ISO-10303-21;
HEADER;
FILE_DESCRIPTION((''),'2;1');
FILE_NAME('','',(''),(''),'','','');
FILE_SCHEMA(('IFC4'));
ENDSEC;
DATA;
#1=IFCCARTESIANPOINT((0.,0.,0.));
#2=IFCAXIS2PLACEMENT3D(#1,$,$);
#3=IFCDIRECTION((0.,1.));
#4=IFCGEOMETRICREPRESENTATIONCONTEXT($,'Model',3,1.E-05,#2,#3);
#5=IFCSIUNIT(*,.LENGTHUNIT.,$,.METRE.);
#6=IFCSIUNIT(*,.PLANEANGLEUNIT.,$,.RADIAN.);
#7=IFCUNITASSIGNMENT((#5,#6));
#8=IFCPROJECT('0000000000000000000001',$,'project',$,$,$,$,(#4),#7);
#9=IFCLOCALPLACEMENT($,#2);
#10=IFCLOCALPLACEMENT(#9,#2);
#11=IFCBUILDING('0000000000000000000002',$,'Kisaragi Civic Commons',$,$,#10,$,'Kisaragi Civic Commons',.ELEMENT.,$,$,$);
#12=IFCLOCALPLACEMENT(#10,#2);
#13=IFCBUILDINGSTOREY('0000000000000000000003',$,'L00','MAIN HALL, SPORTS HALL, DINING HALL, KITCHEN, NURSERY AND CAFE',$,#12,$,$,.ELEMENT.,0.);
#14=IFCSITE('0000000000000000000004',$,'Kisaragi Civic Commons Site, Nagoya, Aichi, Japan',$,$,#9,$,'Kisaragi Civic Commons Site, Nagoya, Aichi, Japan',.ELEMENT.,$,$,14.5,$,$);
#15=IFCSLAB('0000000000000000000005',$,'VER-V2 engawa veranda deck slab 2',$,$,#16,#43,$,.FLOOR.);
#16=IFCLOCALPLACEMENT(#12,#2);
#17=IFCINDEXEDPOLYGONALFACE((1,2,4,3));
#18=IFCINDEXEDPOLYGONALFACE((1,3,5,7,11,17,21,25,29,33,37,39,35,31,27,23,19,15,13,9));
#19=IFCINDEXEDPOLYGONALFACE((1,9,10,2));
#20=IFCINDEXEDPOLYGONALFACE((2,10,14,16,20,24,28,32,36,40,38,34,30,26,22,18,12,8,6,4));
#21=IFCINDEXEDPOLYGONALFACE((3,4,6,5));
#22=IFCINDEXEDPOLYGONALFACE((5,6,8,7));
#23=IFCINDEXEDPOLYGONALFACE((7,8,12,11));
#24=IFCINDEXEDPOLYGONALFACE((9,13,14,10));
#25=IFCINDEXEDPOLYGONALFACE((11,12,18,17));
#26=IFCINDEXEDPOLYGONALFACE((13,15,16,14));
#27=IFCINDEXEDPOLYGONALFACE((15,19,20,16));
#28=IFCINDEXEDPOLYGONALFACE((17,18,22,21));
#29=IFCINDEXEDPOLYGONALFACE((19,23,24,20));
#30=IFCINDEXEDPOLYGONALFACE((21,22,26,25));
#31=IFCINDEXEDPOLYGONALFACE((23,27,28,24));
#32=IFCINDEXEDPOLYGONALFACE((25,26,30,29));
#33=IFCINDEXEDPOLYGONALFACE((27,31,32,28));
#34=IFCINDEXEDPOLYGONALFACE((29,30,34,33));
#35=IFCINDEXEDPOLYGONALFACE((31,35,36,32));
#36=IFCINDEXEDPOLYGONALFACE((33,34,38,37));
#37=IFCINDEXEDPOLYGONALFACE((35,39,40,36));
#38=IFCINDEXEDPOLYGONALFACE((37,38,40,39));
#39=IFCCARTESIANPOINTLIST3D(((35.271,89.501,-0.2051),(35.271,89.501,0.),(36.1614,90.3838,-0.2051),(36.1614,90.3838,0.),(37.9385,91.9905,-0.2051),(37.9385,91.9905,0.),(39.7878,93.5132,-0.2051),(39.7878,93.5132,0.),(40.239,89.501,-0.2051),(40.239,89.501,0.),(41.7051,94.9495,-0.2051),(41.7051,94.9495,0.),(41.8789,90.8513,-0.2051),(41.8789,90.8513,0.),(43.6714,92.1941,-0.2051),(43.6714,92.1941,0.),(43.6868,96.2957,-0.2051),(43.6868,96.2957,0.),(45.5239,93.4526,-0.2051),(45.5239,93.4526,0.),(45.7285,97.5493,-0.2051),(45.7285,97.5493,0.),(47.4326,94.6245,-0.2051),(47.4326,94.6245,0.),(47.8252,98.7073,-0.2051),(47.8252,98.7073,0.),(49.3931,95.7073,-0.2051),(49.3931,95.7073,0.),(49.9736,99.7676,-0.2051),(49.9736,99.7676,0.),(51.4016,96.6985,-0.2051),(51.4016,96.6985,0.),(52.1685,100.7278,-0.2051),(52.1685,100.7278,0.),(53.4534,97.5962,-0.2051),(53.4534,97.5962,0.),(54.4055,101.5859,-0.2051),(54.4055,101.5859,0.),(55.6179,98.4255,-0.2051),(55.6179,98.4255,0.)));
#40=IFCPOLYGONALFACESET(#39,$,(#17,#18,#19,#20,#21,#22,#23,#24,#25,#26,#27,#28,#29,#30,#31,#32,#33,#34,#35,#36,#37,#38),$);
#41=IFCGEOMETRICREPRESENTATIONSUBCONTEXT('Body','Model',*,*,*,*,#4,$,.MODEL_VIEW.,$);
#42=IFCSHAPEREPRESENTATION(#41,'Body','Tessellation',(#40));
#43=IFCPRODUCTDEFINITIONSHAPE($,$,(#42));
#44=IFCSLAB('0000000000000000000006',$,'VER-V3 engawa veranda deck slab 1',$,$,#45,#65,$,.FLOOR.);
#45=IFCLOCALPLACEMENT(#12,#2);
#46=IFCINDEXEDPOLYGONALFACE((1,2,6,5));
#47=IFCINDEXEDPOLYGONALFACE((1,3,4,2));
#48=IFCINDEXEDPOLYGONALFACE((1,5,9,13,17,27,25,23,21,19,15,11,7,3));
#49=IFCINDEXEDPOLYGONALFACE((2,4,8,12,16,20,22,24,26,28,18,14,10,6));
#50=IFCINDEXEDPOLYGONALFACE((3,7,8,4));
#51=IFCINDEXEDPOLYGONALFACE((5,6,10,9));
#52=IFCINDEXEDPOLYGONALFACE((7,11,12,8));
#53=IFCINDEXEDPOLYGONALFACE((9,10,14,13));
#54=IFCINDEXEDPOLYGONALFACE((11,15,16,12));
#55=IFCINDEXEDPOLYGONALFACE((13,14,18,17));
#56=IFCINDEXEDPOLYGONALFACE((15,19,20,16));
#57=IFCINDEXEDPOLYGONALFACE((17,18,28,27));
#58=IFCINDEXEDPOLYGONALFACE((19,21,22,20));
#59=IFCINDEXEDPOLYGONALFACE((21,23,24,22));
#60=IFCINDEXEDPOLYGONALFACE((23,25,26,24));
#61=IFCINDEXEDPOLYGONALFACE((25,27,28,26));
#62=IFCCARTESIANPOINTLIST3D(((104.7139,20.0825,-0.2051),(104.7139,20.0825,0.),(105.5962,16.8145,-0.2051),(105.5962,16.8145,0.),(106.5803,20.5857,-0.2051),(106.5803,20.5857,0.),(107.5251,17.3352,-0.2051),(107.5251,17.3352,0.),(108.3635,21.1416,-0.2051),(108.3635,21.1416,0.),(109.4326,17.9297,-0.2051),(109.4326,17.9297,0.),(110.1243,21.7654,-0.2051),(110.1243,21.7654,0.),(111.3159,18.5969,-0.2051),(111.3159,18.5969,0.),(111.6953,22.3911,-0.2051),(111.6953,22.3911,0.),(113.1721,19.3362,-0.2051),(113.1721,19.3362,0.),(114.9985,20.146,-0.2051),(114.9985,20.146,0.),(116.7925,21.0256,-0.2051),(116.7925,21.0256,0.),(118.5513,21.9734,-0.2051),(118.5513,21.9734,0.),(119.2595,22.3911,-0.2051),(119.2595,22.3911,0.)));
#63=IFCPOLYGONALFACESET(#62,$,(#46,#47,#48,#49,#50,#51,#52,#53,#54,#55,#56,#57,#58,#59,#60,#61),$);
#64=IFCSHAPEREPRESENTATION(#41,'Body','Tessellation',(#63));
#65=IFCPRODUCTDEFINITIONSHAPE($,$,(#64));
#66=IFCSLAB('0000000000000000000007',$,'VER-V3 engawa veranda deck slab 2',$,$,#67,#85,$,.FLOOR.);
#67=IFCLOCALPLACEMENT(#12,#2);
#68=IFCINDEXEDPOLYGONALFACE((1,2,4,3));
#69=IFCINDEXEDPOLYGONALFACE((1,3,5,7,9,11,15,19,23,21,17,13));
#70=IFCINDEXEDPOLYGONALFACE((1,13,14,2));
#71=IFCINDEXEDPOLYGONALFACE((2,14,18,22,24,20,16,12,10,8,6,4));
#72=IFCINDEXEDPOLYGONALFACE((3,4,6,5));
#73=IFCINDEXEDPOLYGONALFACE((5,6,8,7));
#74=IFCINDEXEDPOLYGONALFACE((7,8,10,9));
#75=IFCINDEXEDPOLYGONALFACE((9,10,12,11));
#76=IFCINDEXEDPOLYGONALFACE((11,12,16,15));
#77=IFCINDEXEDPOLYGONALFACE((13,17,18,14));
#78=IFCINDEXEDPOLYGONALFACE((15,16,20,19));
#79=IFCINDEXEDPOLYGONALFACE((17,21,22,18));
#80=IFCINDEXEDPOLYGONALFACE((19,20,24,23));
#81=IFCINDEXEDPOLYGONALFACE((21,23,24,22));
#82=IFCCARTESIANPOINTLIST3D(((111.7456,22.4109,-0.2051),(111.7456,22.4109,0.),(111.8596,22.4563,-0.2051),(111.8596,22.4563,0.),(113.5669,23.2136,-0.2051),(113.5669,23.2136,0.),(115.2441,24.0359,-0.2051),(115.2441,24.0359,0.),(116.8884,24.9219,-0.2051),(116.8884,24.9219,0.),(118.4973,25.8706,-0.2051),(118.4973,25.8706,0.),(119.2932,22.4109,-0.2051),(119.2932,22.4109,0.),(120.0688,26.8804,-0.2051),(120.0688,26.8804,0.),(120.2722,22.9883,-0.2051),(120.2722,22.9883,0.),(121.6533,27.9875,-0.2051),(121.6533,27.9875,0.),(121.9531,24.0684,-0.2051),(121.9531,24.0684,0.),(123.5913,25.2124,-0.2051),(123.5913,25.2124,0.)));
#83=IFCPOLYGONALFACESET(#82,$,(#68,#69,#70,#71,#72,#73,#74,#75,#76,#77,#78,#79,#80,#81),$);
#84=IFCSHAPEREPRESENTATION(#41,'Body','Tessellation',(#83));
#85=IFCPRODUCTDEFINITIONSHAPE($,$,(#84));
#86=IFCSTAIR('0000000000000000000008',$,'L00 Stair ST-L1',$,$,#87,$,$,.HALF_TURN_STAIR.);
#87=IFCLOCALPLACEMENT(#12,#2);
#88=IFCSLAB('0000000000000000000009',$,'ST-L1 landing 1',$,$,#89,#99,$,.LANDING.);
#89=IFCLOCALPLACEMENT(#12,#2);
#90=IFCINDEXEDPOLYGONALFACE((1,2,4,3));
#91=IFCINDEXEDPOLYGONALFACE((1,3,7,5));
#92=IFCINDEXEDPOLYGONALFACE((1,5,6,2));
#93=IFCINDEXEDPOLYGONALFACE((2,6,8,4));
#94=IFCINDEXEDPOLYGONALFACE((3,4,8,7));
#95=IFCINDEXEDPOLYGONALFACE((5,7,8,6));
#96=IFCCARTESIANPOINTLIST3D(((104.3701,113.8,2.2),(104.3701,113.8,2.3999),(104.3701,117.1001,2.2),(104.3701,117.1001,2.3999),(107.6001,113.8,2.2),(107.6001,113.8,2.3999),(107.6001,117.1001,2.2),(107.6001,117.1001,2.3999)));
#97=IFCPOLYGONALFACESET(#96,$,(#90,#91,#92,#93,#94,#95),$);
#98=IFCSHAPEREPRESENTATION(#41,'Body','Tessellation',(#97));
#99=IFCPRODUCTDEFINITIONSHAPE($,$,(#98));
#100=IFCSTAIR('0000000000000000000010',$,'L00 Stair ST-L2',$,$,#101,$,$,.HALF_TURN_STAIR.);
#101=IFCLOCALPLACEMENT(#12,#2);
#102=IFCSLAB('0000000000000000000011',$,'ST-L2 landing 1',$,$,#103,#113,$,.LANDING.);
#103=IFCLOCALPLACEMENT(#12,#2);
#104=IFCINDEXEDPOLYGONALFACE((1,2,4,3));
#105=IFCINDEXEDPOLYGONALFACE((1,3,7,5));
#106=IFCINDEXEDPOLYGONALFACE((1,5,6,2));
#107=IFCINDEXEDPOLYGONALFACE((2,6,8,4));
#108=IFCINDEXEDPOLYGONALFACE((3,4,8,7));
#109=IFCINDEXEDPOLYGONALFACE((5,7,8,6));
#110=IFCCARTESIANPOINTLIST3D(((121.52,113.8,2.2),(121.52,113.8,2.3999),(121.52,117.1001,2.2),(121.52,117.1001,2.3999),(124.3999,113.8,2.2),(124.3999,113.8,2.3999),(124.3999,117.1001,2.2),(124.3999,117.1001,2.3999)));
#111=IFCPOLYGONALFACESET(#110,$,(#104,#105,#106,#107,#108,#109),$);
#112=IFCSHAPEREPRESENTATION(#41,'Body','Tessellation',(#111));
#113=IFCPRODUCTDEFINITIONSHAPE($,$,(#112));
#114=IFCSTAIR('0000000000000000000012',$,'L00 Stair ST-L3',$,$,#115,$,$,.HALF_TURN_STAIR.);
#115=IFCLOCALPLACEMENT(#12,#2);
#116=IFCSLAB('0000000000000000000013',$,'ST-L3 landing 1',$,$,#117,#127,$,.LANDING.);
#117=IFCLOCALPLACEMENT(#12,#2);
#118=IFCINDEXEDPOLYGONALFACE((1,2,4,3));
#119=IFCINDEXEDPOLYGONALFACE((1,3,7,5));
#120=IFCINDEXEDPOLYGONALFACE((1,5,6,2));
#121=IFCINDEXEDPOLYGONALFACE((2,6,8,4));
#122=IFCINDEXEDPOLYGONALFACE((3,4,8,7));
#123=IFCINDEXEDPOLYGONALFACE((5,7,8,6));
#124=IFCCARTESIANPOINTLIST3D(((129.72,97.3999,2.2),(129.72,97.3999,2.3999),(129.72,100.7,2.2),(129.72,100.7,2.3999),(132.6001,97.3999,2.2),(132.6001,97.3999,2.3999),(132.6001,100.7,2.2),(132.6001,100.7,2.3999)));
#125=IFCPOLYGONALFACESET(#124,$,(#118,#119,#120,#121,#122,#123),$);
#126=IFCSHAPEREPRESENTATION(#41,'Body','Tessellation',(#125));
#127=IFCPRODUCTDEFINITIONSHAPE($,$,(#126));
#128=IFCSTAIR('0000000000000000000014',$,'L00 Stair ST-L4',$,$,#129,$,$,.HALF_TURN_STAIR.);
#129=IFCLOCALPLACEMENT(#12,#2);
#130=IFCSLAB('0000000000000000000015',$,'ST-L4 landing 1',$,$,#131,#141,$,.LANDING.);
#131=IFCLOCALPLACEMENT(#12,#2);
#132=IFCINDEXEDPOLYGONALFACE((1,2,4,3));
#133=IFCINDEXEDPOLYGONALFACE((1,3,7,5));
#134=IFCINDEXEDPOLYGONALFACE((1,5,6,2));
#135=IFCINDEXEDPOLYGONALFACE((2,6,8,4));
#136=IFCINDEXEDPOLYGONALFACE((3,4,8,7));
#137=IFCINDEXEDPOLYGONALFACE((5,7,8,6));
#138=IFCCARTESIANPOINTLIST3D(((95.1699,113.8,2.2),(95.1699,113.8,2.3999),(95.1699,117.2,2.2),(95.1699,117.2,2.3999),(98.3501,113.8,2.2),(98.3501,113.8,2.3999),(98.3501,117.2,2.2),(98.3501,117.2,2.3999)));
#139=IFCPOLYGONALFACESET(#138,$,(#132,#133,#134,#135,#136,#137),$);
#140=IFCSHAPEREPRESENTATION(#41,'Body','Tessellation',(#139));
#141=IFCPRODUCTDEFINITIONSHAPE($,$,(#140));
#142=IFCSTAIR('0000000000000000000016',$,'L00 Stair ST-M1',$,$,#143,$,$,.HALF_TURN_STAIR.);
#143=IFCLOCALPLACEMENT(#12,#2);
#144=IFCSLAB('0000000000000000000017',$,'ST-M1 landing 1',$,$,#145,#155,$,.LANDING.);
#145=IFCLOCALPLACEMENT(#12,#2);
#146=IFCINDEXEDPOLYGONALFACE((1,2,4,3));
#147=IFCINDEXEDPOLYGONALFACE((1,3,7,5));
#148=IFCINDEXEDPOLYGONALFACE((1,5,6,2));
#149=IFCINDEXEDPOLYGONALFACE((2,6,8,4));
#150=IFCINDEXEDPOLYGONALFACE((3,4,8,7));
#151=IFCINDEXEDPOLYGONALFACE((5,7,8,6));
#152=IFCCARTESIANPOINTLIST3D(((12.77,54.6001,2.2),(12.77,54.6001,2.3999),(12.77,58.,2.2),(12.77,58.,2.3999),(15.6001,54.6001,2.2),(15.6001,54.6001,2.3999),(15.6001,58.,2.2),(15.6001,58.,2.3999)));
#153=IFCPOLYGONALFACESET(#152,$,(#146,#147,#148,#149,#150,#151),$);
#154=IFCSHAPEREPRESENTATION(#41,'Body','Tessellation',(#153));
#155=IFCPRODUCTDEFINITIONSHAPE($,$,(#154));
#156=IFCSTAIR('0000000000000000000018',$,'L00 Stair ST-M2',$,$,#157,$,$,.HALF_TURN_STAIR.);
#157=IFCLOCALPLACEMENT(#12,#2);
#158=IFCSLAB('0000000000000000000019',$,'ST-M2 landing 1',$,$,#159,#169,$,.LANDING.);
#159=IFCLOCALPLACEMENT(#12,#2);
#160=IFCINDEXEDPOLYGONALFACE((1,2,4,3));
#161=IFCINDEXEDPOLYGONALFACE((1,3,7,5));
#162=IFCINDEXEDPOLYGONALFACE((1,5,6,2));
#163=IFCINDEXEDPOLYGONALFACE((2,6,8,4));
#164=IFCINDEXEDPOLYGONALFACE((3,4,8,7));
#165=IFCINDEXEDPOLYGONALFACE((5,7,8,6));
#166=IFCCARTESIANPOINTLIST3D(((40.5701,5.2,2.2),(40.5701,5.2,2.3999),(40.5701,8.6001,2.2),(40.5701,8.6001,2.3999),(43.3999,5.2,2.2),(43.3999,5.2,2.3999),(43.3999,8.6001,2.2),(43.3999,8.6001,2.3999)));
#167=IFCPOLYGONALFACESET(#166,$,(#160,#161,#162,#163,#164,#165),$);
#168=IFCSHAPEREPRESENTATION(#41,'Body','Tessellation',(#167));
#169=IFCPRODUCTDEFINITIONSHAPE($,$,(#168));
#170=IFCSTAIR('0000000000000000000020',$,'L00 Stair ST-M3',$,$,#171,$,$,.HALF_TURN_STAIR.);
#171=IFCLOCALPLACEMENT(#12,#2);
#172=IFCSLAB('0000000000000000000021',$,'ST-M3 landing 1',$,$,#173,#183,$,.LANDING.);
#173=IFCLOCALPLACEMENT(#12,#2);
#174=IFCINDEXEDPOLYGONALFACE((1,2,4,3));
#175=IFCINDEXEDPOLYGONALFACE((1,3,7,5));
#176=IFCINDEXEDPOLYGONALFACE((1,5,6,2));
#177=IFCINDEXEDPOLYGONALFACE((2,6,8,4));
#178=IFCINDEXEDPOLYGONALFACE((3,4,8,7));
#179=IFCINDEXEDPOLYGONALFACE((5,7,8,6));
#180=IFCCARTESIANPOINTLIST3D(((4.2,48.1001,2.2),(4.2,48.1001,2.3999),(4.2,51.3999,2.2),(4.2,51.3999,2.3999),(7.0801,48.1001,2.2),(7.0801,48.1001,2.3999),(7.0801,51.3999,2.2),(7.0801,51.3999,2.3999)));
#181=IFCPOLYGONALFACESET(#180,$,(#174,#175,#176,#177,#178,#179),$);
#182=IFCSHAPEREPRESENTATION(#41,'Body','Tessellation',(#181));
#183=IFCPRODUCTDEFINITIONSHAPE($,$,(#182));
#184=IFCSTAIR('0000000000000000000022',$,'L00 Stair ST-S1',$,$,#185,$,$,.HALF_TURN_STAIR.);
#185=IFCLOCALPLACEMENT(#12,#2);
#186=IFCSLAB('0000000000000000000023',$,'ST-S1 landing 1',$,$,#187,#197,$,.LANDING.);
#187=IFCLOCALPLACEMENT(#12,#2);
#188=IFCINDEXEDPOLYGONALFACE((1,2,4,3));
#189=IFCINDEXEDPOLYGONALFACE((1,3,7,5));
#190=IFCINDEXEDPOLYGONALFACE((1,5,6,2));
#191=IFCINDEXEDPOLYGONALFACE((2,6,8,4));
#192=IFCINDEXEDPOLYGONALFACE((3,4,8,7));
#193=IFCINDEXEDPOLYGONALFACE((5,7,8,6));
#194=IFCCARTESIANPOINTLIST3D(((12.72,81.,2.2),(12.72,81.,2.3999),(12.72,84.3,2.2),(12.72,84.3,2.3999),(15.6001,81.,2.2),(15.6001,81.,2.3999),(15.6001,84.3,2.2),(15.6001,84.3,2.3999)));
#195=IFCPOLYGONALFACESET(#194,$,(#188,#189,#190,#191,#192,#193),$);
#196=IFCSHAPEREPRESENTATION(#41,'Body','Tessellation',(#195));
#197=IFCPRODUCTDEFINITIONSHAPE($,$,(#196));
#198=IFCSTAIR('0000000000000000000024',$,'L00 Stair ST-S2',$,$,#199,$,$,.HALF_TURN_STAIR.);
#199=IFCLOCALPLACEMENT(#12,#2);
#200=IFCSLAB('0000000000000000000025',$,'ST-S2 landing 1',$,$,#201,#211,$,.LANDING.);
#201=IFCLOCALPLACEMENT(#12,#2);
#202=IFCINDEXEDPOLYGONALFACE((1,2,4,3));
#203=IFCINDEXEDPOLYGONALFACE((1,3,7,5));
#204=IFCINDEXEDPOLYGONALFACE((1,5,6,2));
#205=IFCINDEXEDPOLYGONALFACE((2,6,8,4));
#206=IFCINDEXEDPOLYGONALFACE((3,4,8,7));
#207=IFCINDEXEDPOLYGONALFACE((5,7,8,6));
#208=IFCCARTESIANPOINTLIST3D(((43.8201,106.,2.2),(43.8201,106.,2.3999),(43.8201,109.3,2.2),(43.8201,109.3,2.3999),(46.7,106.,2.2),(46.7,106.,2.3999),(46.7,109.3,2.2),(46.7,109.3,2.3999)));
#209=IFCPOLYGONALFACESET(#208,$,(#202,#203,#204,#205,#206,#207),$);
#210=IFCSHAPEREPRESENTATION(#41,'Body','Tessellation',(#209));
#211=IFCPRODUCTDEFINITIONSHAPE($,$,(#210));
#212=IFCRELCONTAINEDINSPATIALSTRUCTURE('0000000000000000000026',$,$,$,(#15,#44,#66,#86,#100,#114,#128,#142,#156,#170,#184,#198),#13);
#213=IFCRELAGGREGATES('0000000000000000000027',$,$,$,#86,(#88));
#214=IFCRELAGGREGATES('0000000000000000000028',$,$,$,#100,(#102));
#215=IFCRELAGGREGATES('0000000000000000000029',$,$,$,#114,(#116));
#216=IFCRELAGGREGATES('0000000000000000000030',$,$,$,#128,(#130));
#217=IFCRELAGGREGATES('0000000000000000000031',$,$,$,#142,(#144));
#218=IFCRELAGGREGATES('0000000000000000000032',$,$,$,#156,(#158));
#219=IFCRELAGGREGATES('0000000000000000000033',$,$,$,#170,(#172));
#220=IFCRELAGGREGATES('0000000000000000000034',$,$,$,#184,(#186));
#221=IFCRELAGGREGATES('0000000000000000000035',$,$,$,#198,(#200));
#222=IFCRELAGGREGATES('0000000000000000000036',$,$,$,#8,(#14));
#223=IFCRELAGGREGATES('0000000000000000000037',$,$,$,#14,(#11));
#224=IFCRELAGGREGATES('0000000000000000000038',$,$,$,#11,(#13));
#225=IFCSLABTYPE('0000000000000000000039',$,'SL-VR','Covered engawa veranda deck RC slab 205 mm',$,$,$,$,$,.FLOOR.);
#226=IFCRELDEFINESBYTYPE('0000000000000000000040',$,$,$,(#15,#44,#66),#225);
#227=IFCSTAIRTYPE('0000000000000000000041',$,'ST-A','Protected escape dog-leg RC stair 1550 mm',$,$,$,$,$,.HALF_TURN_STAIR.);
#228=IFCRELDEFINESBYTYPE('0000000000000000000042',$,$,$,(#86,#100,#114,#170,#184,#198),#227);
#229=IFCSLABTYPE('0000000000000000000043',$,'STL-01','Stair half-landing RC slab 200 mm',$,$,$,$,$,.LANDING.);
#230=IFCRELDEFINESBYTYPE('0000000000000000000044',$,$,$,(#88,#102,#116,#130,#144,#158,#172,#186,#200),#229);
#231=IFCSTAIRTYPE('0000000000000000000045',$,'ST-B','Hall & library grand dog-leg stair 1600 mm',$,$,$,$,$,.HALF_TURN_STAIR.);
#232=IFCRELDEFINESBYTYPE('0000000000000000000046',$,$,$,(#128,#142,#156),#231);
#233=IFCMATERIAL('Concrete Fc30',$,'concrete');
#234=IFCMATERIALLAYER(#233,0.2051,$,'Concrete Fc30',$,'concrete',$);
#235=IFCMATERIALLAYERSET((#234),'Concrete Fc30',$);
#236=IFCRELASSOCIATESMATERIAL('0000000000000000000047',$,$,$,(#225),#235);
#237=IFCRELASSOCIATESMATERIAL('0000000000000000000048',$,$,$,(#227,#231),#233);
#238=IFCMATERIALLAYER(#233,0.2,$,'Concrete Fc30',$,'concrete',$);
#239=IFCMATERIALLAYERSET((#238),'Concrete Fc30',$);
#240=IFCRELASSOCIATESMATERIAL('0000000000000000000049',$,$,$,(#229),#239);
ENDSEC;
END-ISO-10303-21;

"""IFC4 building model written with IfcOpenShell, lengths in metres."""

from ifc_helpers import new_model, si_unit, direction, frame, origin, place, context, subcontext, project, spatial, polyline, outline, extrude, material, layer, layer_set, type_object, element, aggregate, save


model = new_model("IFC4")

# Units and contexts
model_context = context("Model", 3, precision=1e-05, world=origin(), true_north=direction((0.0, 1.0)))
body_context = subcontext(model_context, "Body", "Model", "MODEL_VIEW")
ifc_project = project(units=[si_unit("LENGTHUNIT", "METRE"), si_unit("PLANEANGLEUNIT", "RADIAN")], contexts=[model_context])

# Site, building, storey
site_placement = place(None, origin())
site = spatial("IfcSite", under=ifc_project, at=site_placement, Name="Kisaragi Civic Commons Site, Nagoya, Aichi, Japan", LongName="Kisaragi Civic Commons Site, Nagoya, Aichi, Japan", CompositionType="ELEMENT", RefElevation=14.5)
building_placement = place(site_placement, origin())
building = spatial("IfcBuilding", under=site, at=building_placement, Name="Kisaragi Civic Commons", LongName="Kisaragi Civic Commons", CompositionType="ELEMENT")
storey_placement = place(building_placement, origin())
storey = spatial("IfcBuildingStorey", under=building, at=storey_placement, Name="L00", Description="MAIN HALL, SPORTS HALL, DINING HALL, KITCHEN, NURSERY AND CAFE", CompositionType="ELEMENT", Elevation=0.0)

# Slabs
ifc_material_1 = material(Name="Concrete Fc30", Category="concrete")
ifc_layer_1 = layer(ifc_material_1, 0.2051, Name="Concrete Fc30", Category="concrete")
ifc_layer_set_1 = layer_set([ifc_layer_1], Name="Concrete Fc30")
slab_type_1 = type_object("IfcSlabType", Name="SL-VR", Description="Covered engawa veranda deck RC slab 205 mm", PredefinedType="FLOOR", material=ifc_layer_set_1)
slab_1_placement = place(storey_placement, frame((0.0, 0.0, -0.2051)))
element("IfcSlab", 1, at=slab_1_placement, inside=storey, type_object=slab_type_1, Name="VER-V2 engawa veranda deck slab 2", PredefinedType="FLOOR", context=body_context, shape_type="SweptSolid", body=[
    extrude(outline(polyline([(55.6179, 98.4255), (54.4055, 101.5859), (52.1685, 100.7278), (49.9736, 99.7676), (47.8252, 98.7073), (45.7285, 97.5493), (43.6868, 96.2957), (41.7051, 94.9495), (39.7878, 93.5132), (37.9385, 91.9905), (36.1614, 90.3838), (35.271, 89.501), (40.239, 89.501), (41.8789, 90.8513), (43.6714, 92.1941), (45.5239, 93.4526), (47.4326, 94.6245), (49.3931, 95.7073), (51.4016, 96.6985), (53.4534, 97.5962), (55.6179, 98.4255)])), origin(), (0.0, 0.0, 1.0), 0.2051),
])
slab_2_placement = place(storey_placement, frame((0.0, 0.0, -0.2051)))
element("IfcSlab", 2, at=slab_2_placement, inside=storey, type_object=slab_type_1, Name="VER-V3 engawa veranda deck slab 1", PredefinedType="FLOOR", context=body_context, shape_type="SweptSolid", body=[
    extrude(outline(polyline([(104.7139, 20.0825), (105.5962, 16.8145), (107.5251, 17.3352), (109.4326, 17.9297), (111.3159, 18.5969), (113.1721, 19.3362), (114.9985, 20.146), (116.7925, 21.0256), (118.5513, 21.9734), (119.2595, 22.3911), (111.6953, 22.3911), (110.1243, 21.7654), (108.3635, 21.1416), (106.5803, 20.5857), (104.7139, 20.0825)])), origin(), (0.0, 0.0, 1.0), 0.2051),
])
slab_3_placement = place(storey_placement, frame((0.0, 0.0, -0.2051)))
element("IfcSlab", 3, at=slab_3_placement, inside=storey, type_object=slab_type_1, Name="VER-V3 engawa veranda deck slab 2", PredefinedType="FLOOR", context=body_context, shape_type="SweptSolid", body=[
    extrude(outline(polyline([(111.7456, 22.4109), (119.2932, 22.4109), (120.2722, 22.9883), (121.9531, 24.0684), (123.5913, 25.2124), (123.5913, 25.2124), (121.6533, 27.9875), (120.0688, 26.8804), (118.4973, 25.8706), (116.8884, 24.9219), (115.2441, 24.0359), (113.5669, 23.2136), (111.8596, 22.4563), (111.7456, 22.4109)])), origin(), (0.0, 0.0, 1.0), 0.2051),
])

# Stairs, slabs
stair_type_1 = type_object("IfcStairType", Name="ST-A", Description="Protected escape dog-leg RC stair 1550 mm", PredefinedType="HALF_TURN_STAIR", material=ifc_material_1)
stair_1_placement = place(storey_placement, origin())
stair_1 = element("IfcStair", 4, at=stair_1_placement, inside=storey, type_object=stair_type_1, Name="L00 Stair ST-L1", PredefinedType="HALF_TURN_STAIR")
ifc_layer_2 = layer(ifc_material_1, 0.2, Name="Concrete Fc30", Category="concrete")
ifc_layer_set_2 = layer_set([ifc_layer_2], Name="Concrete Fc30")
slab_type_2 = type_object("IfcSlabType", Name="STL-01", Description="Stair half-landing RC slab 200 mm", PredefinedType="LANDING", material=ifc_layer_set_2)
slab_4_placement = place(storey_placement, frame((0.0, 0.0, 2.2)))
slab_4 = element("IfcSlab", 5, at=slab_4_placement, type_object=slab_type_2, Name="ST-L1 landing 1", PredefinedType="LANDING", context=body_context, shape_type="SweptSolid", body=[
    extrude(outline(polyline([(104.3701, 113.8), (107.6001, 113.8), (107.6001, 117.1001), (104.3701, 117.1001), (104.3701, 113.8)])), origin(), (0.0, 0.0, 1.0), 0.2),
])
aggregate(stair_1, [slab_4])
stair_2_placement = place(storey_placement, origin())
stair_2 = element("IfcStair", 6, at=stair_2_placement, inside=storey, type_object=stair_type_1, Name="L00 Stair ST-L2", PredefinedType="HALF_TURN_STAIR")
slab_5_placement = place(storey_placement, frame((0.0, 0.0, 2.2)))
slab_5 = element("IfcSlab", 7, at=slab_5_placement, type_object=slab_type_2, Name="ST-L2 landing 1", PredefinedType="LANDING", context=body_context, shape_type="SweptSolid", body=[
    extrude(outline(polyline([(121.52, 113.8), (124.3999, 113.8), (124.3999, 117.1001), (121.52, 117.1001), (121.52, 113.8)])), origin(), (0.0, 0.0, 1.0), 0.2),
])
aggregate(stair_2, [slab_5])
stair_3_placement = place(storey_placement, origin())
stair_3 = element("IfcStair", 8, at=stair_3_placement, inside=storey, type_object=stair_type_1, Name="L00 Stair ST-L3", PredefinedType="HALF_TURN_STAIR")
slab_6_placement = place(storey_placement, frame((0.0, 0.0, 2.2)))
slab_6 = element("IfcSlab", 9, at=slab_6_placement, type_object=slab_type_2, Name="ST-L3 landing 1", PredefinedType="LANDING", context=body_context, shape_type="SweptSolid", body=[
    extrude(outline(polyline([(129.72, 97.3999), (132.6001, 97.3999), (132.6001, 100.7), (129.72, 100.7), (129.72, 97.3999)])), origin(), (0.0, 0.0, 1.0), 0.2),
])
aggregate(stair_3, [slab_6])
stair_type_2 = type_object("IfcStairType", Name="ST-B", Description="Hall & library grand dog-leg stair 1600 mm", PredefinedType="HALF_TURN_STAIR", material=ifc_material_1)
stair_4_placement = place(storey_placement, origin())
stair_4 = element("IfcStair", 10, at=stair_4_placement, inside=storey, type_object=stair_type_2, Name="L00 Stair ST-L4", PredefinedType="HALF_TURN_STAIR")
slab_7_placement = place(storey_placement, frame((0.0, 0.0, 2.2)))
slab_7 = element("IfcSlab", 11, at=slab_7_placement, type_object=slab_type_2, Name="ST-L4 landing 1", PredefinedType="LANDING", context=body_context, shape_type="SweptSolid", body=[
    extrude(outline(polyline([(95.1699, 113.8), (98.3501, 113.8), (98.3501, 117.2), (95.1699, 117.2), (95.1699, 113.8)])), origin(), (0.0, 0.0, 1.0), 0.2),
])
aggregate(stair_4, [slab_7])
stair_5_placement = place(storey_placement, origin())
stair_5 = element("IfcStair", 12, at=stair_5_placement, inside=storey, type_object=stair_type_2, Name="L00 Stair ST-M1", PredefinedType="HALF_TURN_STAIR")
slab_8_placement = place(storey_placement, frame((0.0, 0.0, 2.2)))
slab_8 = element("IfcSlab", 13, at=slab_8_placement, type_object=slab_type_2, Name="ST-M1 landing 1", PredefinedType="LANDING", context=body_context, shape_type="SweptSolid", body=[
    extrude(outline(polyline([(12.77, 54.6001), (15.6001, 54.6001), (15.6001, 58.0), (12.77, 58.0), (12.77, 54.6001)])), origin(), (0.0, 0.0, 1.0), 0.2),
])
aggregate(stair_5, [slab_8])
stair_6_placement = place(storey_placement, origin())
stair_6 = element("IfcStair", 14, at=stair_6_placement, inside=storey, type_object=stair_type_2, Name="L00 Stair ST-M2", PredefinedType="HALF_TURN_STAIR")
slab_9_placement = place(storey_placement, frame((0.0, 0.0, 2.2)))
slab_9 = element("IfcSlab", 15, at=slab_9_placement, type_object=slab_type_2, Name="ST-M2 landing 1", PredefinedType="LANDING", context=body_context, shape_type="SweptSolid", body=[
    extrude(outline(polyline([(40.5701, 5.2), (43.3999, 5.2), (43.3999, 8.6001), (40.5701, 8.6001), (40.5701, 5.2)])), origin(), (0.0, 0.0, 1.0), 0.2),
])
aggregate(stair_6, [slab_9])
stair_7_placement = place(storey_placement, origin())
stair_7 = element("IfcStair", 16, at=stair_7_placement, inside=storey, type_object=stair_type_1, Name="L00 Stair ST-M3", PredefinedType="HALF_TURN_STAIR")
slab_10_placement = place(storey_placement, frame((0.0, 0.0, 2.2)))
slab_10 = element("IfcSlab", 17, at=slab_10_placement, type_object=slab_type_2, Name="ST-M3 landing 1", PredefinedType="LANDING", context=body_context, shape_type="SweptSolid", body=[
    extrude(outline(polyline([(7.0801, 51.3999), (4.2, 51.3999), (4.2, 48.1001), (7.0801, 48.1001), (7.0801, 51.3999)])), origin(), (0.0, 0.0, 1.0), 0.2),
])
aggregate(stair_7, [slab_10])
stair_8_placement = place(storey_placement, origin())
stair_8 = element("IfcStair", 18, at=stair_8_placement, inside=storey, type_object=stair_type_1, Name="L00 Stair ST-S1", PredefinedType="HALF_TURN_STAIR")
slab_11_placement = place(storey_placement, frame((0.0, 0.0, 2.2)))
slab_11 = element("IfcSlab", 19, at=slab_11_placement, type_object=slab_type_2, Name="ST-S1 landing 1", PredefinedType="LANDING", context=body_context, shape_type="SweptSolid", body=[
    extrude(outline(polyline([(12.72, 81.0), (15.6001, 81.0), (15.6001, 84.3), (12.72, 84.3), (12.72, 81.0)])), origin(), (0.0, 0.0, 1.0), 0.2),
])
aggregate(stair_8, [slab_11])
stair_9_placement = place(storey_placement, origin())
stair_9 = element("IfcStair", 20, at=stair_9_placement, inside=storey, type_object=stair_type_1, Name="L00 Stair ST-S2", PredefinedType="HALF_TURN_STAIR")
slab_12_placement = place(storey_placement, frame((0.0, 0.0, 2.2)))
slab_12 = element("IfcSlab", 21, at=slab_12_placement, type_object=slab_type_2, Name="ST-S2 landing 1", PredefinedType="LANDING", context=body_context, shape_type="SweptSolid", body=[
    extrude(outline(polyline([(43.8201, 106.0), (46.7, 106.0), (46.7, 109.3), (43.8201, 109.3), (43.8201, 106.0)])), origin(), (0.0, 0.0, 1.0), 0.2),
])
aggregate(stair_9, [slab_12])

save(model, "model.ifc")
